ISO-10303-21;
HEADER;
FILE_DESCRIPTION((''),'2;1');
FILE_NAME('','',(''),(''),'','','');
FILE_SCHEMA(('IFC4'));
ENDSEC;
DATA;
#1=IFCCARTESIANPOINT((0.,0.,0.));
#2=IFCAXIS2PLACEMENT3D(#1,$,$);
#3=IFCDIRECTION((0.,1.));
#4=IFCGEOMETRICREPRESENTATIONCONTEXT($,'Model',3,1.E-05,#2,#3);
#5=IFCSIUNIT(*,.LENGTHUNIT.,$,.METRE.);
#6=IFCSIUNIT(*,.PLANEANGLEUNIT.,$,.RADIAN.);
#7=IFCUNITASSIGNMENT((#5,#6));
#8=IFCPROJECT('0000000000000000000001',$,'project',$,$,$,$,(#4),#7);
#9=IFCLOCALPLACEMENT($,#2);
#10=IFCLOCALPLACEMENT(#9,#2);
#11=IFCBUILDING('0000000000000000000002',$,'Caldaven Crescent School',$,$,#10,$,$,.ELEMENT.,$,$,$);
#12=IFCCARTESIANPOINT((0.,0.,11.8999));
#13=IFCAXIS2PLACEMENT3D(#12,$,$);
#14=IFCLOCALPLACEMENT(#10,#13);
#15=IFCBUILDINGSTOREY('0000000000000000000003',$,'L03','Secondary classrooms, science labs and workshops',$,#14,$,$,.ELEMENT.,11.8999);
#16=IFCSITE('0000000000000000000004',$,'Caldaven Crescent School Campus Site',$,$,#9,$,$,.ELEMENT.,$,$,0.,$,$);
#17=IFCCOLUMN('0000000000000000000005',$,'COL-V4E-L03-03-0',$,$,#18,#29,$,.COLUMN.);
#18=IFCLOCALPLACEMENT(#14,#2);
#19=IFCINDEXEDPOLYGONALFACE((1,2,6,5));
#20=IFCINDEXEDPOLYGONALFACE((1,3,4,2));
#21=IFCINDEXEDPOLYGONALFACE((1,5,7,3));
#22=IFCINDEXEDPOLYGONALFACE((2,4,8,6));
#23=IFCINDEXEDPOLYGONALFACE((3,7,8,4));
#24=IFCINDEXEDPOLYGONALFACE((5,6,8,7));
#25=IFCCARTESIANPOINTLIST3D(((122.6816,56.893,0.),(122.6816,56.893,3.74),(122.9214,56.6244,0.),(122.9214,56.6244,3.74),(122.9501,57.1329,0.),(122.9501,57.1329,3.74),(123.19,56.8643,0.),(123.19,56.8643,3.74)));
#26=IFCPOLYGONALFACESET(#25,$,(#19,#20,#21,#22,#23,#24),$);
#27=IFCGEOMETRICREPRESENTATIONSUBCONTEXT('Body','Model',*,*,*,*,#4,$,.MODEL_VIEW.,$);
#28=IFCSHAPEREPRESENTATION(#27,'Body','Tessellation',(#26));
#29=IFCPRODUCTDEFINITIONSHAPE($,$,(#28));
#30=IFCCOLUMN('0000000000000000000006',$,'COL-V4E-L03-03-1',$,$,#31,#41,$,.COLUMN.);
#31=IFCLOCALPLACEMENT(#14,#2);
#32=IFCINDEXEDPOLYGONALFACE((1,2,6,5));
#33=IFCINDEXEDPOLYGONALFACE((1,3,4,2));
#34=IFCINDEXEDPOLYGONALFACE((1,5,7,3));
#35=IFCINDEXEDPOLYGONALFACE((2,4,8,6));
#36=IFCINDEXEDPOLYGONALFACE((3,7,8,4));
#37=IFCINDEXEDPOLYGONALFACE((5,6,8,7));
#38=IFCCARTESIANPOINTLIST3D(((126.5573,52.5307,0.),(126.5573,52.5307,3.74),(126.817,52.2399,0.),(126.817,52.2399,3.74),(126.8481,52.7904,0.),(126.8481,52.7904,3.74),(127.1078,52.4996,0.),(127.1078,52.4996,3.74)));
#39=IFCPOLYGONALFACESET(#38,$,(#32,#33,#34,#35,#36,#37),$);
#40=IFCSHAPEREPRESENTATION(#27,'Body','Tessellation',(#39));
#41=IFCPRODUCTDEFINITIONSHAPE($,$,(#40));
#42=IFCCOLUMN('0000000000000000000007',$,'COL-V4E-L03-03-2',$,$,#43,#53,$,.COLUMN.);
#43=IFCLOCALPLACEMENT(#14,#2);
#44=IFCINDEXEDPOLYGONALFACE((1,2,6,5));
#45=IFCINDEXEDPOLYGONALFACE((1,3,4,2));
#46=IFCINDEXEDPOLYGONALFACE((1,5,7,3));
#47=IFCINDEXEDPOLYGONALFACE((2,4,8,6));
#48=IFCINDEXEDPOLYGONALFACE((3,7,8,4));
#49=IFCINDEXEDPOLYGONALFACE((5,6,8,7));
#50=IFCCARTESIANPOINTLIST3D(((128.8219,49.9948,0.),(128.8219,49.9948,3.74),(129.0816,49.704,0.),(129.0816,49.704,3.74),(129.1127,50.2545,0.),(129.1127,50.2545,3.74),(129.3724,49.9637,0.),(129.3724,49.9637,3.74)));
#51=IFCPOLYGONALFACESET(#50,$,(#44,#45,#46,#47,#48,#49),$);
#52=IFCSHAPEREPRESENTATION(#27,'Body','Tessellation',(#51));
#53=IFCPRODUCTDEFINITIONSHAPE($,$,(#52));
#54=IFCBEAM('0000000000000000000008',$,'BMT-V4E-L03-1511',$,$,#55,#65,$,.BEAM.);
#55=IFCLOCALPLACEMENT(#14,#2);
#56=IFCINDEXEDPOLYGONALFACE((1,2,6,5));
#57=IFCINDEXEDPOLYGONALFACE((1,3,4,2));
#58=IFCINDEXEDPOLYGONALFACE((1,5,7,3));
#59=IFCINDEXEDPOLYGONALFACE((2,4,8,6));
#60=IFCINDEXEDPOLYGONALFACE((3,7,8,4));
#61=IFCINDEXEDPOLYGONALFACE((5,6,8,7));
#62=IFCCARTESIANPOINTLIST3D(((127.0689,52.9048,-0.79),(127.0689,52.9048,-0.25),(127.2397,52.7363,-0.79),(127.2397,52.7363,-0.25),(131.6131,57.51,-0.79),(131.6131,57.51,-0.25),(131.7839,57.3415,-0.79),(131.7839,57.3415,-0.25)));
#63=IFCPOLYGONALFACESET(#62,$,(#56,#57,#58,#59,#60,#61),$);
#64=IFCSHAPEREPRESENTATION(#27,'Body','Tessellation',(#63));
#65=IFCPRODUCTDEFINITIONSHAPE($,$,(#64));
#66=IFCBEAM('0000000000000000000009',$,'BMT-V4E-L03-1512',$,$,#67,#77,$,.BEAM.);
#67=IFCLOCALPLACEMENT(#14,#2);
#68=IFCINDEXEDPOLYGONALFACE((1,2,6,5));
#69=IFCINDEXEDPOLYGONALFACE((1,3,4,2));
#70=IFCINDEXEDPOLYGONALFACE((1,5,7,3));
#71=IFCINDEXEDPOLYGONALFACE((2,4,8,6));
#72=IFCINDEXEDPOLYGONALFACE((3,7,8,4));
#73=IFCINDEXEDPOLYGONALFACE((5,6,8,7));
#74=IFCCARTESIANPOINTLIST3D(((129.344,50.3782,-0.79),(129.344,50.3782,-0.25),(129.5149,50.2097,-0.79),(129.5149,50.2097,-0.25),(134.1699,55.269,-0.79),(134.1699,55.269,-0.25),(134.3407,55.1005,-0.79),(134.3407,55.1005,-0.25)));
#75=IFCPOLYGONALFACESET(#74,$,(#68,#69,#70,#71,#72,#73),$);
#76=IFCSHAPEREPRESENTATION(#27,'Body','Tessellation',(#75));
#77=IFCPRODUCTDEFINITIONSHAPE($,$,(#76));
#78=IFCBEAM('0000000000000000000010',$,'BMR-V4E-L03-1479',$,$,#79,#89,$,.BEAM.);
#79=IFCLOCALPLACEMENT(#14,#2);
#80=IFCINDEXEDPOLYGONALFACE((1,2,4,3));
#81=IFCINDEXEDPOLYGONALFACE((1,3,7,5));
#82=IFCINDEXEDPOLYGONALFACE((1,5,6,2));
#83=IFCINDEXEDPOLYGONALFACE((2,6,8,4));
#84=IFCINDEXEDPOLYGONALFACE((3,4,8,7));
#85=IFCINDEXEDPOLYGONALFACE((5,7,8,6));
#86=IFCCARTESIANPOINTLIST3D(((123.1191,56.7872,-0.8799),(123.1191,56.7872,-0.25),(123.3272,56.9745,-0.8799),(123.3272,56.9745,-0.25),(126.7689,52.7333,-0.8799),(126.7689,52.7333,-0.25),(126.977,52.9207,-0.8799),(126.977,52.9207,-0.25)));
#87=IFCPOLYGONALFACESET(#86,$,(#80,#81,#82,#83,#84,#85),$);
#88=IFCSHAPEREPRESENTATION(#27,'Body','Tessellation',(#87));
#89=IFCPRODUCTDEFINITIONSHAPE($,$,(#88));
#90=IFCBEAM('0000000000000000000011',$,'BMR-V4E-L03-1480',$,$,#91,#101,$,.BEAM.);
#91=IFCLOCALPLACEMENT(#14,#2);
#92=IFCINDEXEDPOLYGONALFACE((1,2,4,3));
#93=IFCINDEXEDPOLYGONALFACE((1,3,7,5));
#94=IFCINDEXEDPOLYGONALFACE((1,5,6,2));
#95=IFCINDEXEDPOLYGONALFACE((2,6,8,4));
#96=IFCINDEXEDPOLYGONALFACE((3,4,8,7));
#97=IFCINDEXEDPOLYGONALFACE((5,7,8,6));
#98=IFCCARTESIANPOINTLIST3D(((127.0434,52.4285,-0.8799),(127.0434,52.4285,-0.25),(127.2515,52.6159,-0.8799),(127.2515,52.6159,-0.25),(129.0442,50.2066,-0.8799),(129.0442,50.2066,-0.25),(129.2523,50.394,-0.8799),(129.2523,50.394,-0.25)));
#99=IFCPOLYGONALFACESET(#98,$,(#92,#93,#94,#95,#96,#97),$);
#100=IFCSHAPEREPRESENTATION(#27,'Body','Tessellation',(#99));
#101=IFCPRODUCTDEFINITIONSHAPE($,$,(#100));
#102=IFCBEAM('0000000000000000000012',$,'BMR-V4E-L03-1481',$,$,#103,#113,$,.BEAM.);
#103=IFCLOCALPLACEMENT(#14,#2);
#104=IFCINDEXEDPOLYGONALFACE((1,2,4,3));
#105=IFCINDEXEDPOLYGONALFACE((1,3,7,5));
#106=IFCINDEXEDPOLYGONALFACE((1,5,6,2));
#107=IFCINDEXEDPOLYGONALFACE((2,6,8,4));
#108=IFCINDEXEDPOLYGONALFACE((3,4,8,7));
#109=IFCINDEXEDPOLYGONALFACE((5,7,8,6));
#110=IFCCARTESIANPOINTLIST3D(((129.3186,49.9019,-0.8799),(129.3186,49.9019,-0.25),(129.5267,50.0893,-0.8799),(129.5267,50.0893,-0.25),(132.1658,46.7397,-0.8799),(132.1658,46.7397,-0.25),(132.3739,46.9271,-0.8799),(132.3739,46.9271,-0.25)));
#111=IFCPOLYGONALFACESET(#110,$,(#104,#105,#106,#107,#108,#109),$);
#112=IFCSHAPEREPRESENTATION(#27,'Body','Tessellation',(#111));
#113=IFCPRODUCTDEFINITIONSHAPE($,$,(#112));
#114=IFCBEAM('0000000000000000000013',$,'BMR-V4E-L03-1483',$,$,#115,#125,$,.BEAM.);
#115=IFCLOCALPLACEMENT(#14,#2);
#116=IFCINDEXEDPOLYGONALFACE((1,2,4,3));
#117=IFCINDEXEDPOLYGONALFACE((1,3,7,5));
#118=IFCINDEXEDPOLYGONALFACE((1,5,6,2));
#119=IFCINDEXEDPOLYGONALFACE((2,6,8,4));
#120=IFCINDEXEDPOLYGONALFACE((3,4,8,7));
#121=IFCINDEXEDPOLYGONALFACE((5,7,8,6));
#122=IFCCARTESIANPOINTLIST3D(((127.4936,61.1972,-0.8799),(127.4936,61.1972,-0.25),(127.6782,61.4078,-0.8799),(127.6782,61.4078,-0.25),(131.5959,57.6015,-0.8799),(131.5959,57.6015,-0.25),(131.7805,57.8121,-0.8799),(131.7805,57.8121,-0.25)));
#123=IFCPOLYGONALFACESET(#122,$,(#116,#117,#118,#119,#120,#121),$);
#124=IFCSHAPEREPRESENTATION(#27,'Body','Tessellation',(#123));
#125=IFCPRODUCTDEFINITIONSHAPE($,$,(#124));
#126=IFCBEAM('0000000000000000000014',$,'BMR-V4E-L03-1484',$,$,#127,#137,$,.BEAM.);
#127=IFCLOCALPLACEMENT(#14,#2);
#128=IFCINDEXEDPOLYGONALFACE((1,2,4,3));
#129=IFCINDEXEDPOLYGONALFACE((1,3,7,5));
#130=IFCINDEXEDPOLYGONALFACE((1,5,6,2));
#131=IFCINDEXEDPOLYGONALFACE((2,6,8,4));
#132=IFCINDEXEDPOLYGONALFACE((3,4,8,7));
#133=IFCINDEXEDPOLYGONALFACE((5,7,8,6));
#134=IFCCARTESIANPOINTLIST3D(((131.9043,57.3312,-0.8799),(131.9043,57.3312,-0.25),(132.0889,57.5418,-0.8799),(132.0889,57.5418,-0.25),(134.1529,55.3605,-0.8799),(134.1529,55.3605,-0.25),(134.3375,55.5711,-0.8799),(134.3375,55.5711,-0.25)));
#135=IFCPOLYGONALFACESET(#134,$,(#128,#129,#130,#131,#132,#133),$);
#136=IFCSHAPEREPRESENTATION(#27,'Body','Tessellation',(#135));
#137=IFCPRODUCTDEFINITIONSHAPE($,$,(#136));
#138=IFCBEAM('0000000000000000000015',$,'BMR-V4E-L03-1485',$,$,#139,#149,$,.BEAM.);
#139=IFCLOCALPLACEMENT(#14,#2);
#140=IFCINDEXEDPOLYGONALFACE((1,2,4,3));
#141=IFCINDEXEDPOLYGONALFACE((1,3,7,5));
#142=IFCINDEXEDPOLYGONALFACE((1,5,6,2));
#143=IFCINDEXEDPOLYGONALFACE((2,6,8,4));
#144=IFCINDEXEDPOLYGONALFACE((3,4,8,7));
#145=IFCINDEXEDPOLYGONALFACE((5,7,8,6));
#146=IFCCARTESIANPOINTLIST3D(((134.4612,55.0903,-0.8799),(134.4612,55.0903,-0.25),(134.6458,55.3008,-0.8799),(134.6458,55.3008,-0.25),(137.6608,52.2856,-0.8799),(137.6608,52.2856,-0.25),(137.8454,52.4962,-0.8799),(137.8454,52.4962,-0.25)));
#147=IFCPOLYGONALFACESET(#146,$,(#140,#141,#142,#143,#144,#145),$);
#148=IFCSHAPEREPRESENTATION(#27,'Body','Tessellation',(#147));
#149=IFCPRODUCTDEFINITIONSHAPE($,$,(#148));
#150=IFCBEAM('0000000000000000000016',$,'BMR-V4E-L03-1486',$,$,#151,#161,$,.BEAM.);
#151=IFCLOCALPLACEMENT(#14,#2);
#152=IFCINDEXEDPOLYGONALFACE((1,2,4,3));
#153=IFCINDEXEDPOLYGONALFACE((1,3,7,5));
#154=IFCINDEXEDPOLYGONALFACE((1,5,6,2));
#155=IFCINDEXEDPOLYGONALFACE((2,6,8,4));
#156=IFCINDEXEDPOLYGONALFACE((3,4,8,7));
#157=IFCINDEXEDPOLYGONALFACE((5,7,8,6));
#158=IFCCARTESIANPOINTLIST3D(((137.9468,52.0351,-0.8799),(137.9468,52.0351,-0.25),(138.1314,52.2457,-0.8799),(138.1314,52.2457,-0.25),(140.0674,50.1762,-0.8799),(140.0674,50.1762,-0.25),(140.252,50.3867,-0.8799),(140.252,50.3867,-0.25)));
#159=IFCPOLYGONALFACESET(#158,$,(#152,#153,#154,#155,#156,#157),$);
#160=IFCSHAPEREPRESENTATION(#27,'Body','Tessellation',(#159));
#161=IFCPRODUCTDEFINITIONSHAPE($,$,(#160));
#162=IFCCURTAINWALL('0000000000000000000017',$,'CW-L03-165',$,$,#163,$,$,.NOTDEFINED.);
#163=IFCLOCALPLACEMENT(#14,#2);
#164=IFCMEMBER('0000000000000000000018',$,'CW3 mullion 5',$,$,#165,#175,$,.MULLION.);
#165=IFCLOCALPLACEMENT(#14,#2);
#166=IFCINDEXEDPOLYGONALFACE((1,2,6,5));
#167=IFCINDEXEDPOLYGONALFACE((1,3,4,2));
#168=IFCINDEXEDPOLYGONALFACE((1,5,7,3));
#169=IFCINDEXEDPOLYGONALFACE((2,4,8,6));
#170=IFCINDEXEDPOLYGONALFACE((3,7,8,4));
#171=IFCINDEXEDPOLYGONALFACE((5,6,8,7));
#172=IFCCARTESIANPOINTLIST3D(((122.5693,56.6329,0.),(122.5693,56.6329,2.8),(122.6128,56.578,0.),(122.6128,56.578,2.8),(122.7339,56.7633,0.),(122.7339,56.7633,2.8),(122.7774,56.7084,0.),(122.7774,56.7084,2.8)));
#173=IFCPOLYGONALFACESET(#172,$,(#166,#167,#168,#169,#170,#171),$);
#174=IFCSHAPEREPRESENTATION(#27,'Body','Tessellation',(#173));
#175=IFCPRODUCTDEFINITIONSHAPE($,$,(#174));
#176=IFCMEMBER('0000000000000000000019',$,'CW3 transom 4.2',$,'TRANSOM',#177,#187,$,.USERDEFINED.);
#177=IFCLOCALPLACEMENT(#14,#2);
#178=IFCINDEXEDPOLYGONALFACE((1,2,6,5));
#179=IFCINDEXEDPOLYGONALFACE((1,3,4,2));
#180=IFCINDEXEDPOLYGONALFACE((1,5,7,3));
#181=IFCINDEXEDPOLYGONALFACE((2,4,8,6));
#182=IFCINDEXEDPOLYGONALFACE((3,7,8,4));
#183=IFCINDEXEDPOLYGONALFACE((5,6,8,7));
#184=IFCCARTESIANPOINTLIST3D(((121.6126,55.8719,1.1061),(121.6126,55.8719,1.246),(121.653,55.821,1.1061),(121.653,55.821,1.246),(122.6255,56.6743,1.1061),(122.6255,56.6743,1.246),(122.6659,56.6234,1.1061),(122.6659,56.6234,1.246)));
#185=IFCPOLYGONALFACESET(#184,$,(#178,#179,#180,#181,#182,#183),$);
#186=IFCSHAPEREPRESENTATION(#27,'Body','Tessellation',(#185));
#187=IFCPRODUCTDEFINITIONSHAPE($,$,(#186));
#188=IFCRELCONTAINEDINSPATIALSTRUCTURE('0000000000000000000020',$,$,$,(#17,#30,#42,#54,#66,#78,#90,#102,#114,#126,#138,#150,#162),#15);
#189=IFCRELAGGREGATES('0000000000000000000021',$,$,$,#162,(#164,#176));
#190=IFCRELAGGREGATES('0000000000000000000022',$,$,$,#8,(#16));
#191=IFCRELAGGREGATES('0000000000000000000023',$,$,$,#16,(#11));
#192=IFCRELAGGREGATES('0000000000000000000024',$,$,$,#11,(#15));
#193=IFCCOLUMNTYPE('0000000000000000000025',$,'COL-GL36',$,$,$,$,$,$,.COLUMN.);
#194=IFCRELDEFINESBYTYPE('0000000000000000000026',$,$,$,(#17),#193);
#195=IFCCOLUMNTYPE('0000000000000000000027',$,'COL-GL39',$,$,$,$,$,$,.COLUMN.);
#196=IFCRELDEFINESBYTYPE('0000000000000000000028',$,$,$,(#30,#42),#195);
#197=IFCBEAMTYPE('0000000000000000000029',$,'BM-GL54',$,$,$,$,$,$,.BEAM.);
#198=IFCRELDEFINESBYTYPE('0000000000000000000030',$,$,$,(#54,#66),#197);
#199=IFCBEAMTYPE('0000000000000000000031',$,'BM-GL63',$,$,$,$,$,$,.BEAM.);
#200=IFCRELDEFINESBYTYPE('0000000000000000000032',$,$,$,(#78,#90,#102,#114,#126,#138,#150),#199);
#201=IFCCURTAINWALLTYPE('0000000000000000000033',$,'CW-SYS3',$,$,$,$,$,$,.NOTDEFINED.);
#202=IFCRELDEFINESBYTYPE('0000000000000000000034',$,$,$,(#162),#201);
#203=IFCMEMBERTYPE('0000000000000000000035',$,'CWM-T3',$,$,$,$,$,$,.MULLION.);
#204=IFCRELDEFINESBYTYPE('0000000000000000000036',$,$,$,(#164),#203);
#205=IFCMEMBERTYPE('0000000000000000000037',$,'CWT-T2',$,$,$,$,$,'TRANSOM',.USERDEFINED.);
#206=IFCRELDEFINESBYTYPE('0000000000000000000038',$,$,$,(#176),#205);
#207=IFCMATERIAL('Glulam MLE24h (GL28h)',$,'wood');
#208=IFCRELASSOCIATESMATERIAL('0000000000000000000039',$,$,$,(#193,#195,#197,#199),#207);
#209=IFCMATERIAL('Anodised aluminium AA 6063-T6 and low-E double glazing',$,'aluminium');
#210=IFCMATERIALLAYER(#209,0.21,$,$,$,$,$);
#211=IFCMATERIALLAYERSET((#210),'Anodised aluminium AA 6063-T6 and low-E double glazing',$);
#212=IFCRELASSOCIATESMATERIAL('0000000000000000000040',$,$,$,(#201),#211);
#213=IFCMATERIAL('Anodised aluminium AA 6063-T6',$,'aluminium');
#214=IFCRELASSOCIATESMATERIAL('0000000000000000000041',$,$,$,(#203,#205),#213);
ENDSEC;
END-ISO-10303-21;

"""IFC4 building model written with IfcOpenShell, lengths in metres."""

from ifc_helpers import new_model, si_unit, direction, frame, origin, origin_2d, place, context, subcontext, project, spatial, rectangle, extrude, material, layer, layer_set, material_profile, profile_set, type_object, element, aggregate, save


model = new_model("IFC4")

# Units and contexts
model_context = context("Model", 3, precision=1e-05, world=origin(), true_north=direction((0.0, 1.0)))
body_context = subcontext(model_context, "Body", "Model", "MODEL_VIEW")
ifc_project = project(units=[si_unit("LENGTHUNIT", "METRE"), si_unit("PLANEANGLEUNIT", "RADIAN")], contexts=[model_context])

# Site, building, storey
site_placement = place(None, origin())
site = spatial("IfcSite", under=ifc_project, at=site_placement, Name="Caldaven Crescent School Campus Site", CompositionType="ELEMENT", RefElevation=0.0)
building_placement = place(site_placement, origin())
building = spatial("IfcBuilding", under=site, at=building_placement, Name="Caldaven Crescent School", CompositionType="ELEMENT")
storey_placement = place(building_placement, frame((0.0, 0.0, 11.8999)))
storey = spatial("IfcBuildingStorey", under=building, at=storey_placement, Name="L03", Description="Secondary classrooms, science labs and workshops", CompositionType="ELEMENT", Elevation=11.8999)

# Columns
ifc_material_1 = material(Name="Glulam MLE24h (GL28h)", Category="wood")
ifc_material_profile_1 = material_profile(ifc_material_1, rectangle(XDim=0.3601, YDim=0.3601, at=origin_2d()), Name="MLE 360x360")
ifc_profile_set_1 = profile_set([ifc_material_profile_1], Name="Glulam MLE24h (GL28h)")
column_type_1 = type_object("IfcColumnType", Name="COL-GL36", PredefinedType="COLUMN", material=ifc_profile_set_1)
column_placement = place(storey_placement, frame((122.9358, 56.8787, 0.0), z_axis=(0.0, 0.0, 1.0), x_axis=(0.666142, -0.745825, 0.0)))
element("IfcColumn", 1, at=column_placement, inside=storey, type_object=column_type_1, Name="COL-V4E-L03-03-0", PredefinedType="COLUMN", context=body_context, shape_type="SweptSolid", body=[
    extrude(rectangle(XDim=0.3601, YDim=0.3601, at=origin_2d()), origin(), (0.0, 0.0, 1.0), 3.74),
])
ifc_material_profile_2 = material_profile(ifc_material_1, rectangle(XDim=0.3899, YDim=0.3899, at=origin_2d()), Name="MLE 390x390")
ifc_profile_set_2 = profile_set([ifc_material_profile_2], Name="Glulam MLE24h (GL28h)")
column_type_2 = type_object("IfcColumnType", Name="COL-GL39", PredefinedType="COLUMN", material=ifc_profile_set_2)
for number, where, z_axis, x_axis, name in (
    (2, (126.8325, 52.5151, 0.0), (0.0, 0.0, 1.0), (0.666142, -0.745825, 0.0), "COL-V4E-L03-03-1"),
    (3, (129.0972, 49.9792, 0.0), (0.0, 0.0, 1.0), (0.666142, -0.745825, 0.0), "COL-V4E-L03-03-2"),
):
    element("IfcColumn", number, at=place(storey_placement, frame(where, z_axis=z_axis, x_axis=x_axis)), inside=storey, type_object=column_type_2, Name=name, PredefinedType="COLUMN", context=body_context, shape_type="SweptSolid", body=[
        extrude(rectangle(XDim=0.3899, YDim=0.3899, at=origin_2d()), origin(), (0.0, 0.0, 1.0), 3.74),
    ])

# Beams
ifc_material_profile_3 = material_profile(ifc_material_1, rectangle(XDim=0.24, YDim=0.54, at=origin_2d()), Name="MLE 240x540")
ifc_profile_set_3 = profile_set([ifc_material_profile_3], Name="Glulam MLE24h (GL28h)")
beam_type_1 = type_object("IfcBeamType", Name="BM-GL54", PredefinedType="BEAM", material=ifc_profile_set_3)
beam_1_placement = place(storey_placement, frame((127.1543, 52.8206, -0.52), z_axis=(0.702374, 0.711808, 0.0), x_axis=(-0.711808, 0.702374, 0.0)))
element("IfcBeam", 4, at=beam_1_placement, inside=storey, type_object=beam_type_1, Name="BMT-V4E-L03-1511", PredefinedType="BEAM", context=body_context, shape_type="SweptSolid", body=[
    extrude(rectangle(XDim=0.24, YDim=0.54, at=origin_2d()), origin(), (0.0, 0.0, 1.0), 6.4697),
])
beam_2_placement = place(storey_placement, frame((129.4294, 50.2939, -0.52), z_axis=(0.702365, 0.711817, 0.0), x_axis=(-0.711817, 0.702365, 0.0)))
element("IfcBeam", 5, at=beam_2_placement, inside=storey, type_object=beam_type_1, Name="BMT-V4E-L03-1512", PredefinedType="BEAM", context=body_context, shape_type="SweptSolid", body=[
    extrude(rectangle(XDim=0.24, YDim=0.54, at=origin_2d()), origin(), (0.0, 0.0, 1.0), 6.8708),
])
ifc_material_profile_4 = material_profile(ifc_material_1, rectangle(XDim=0.28, YDim=0.6299, at=origin_2d()), Name="MLE 280x630")
ifc_profile_set_4 = profile_set([ifc_material_profile_4], Name="Glulam MLE24h (GL28h)")
beam_type_2 = type_object("IfcBeamType", Name="BM-GL63", PredefinedType="BEAM", material=ifc_profile_set_4)
beam_3_placement = place(storey_placement, frame((123.2231, 56.8809, -0.5649), z_axis=(0.669101, -0.743172, 0.0), x_axis=(0.743172, 0.669101, 0.0)))
element("IfcBeam", 6, at=beam_3_placement, inside=storey, type_object=beam_type_2, Name="BMR-V4E-L03-1479", PredefinedType="BEAM", context=body_context, shape_type="SweptSolid", body=[
    extrude(rectangle(XDim=0.28, YDim=0.6299, at=origin_2d()), origin(), (0.0, 0.0, 1.0), 5.4548),
])
beam_4_placement = place(storey_placement, frame((127.1475, 52.5222, -0.5649), z_axis=(0.66915, -0.743128, 0.0), x_axis=(0.743128, 0.66915, 0.0)))
element("IfcBeam", 7, at=beam_4_placement, inside=storey, type_object=beam_type_2, Name="BMR-V4E-L03-1480", PredefinedType="BEAM", context=body_context, shape_type="SweptSolid", body=[
    extrude(rectangle(XDim=0.28, YDim=0.6299, at=origin_2d()), origin(), (0.0, 0.0, 1.0), 2.99),
])
beam_5_placement = place(storey_placement, frame((129.4226, 49.9956, -0.5649), z_axis=(0.66913, -0.743146, 0.0), x_axis=(0.743146, 0.66913, 0.0)))
element("IfcBeam", 8, at=beam_5_placement, inside=storey, type_object=beam_type_2, Name="BMR-V4E-L03-1481", PredefinedType="BEAM", context=body_context, shape_type="SweptSolid", body=[
    extrude(rectangle(XDim=0.28, YDim=0.6299, at=origin_2d()), origin(), (0.0, 0.0, 1.0), 4.2551),
])
beam_6_placement = place(storey_placement, frame((127.5859, 61.3025, -0.5649), z_axis=(0.752014, -0.659148, 0.0), x_axis=(0.659148, 0.752014, 0.0)))
element("IfcBeam", 9, at=beam_6_placement, inside=storey, type_object=beam_type_2, Name="BMR-V4E-L03-1483", PredefinedType="BEAM", context=body_context, shape_type="SweptSolid", body=[
    extrude(rectangle(XDim=0.28, YDim=0.6299, at=origin_2d()), origin(), (0.0, 0.0, 1.0), 5.4551),
])
beam_7_placement = place(storey_placement, frame((131.9966, 57.4365, -0.5649), z_axis=(0.75204, -0.659117, 0.0), x_axis=(0.659117, 0.75204, 0.0)))
element("IfcBeam", 10, at=beam_7_placement, inside=storey, type_object=beam_type_2, Name="BMR-V4E-L03-1484", PredefinedType="BEAM", context=body_context, shape_type="SweptSolid", body=[
    extrude(rectangle(XDim=0.28, YDim=0.6299, at=origin_2d()), origin(), (0.0, 0.0, 1.0), 2.99),
])
beam_8_placement = place(storey_placement, frame((134.5535, 55.1956, -0.5649), z_axis=(0.752001, -0.659162, 0.0), x_axis=(0.659162, 0.752001, 0.0)))
element("IfcBeam", 11, at=beam_8_placement, inside=storey, type_object=beam_type_2, Name="BMR-V4E-L03-1485", PredefinedType="BEAM", context=body_context, shape_type="SweptSolid", body=[
    extrude(rectangle(XDim=0.28, YDim=0.6299, at=origin_2d()), origin(), (0.0, 0.0, 1.0), 4.2549),
])
beam_9_placement = place(storey_placement, frame((138.0391, 52.1404, -0.5649), z_axis=(0.751986, -0.659179, 0.0), x_axis=(0.659179, 0.751986, 0.0)))
element("IfcBeam", 12, at=beam_9_placement, inside=storey, type_object=beam_type_2, Name="BMR-V4E-L03-1486", PredefinedType="BEAM", context=body_context, shape_type="SweptSolid", body=[
    extrude(rectangle(XDim=0.28, YDim=0.6299, at=origin_2d()), origin(), (0.0, 0.0, 1.0), 2.8201),
])

# Curtain wall, members
ifc_material_2 = material(Name="Anodised aluminium AA 6063-T6 and low-E double glazing", Category="aluminium")
ifc_layer_1 = layer(ifc_material_2, 0.21)
ifc_layer_set_1 = layer_set([ifc_layer_1], Name="Anodised aluminium AA 6063-T6 and low-E double glazing")
curtain_wall_type = type_object("IfcCurtainWallType", Name="CW-SYS3", PredefinedType="NOTDEFINED", material=ifc_layer_set_1)
curtain_wall_placement = place(storey_placement, origin())
curtain_wall = element("IfcCurtainWall", 13, at=curtain_wall_placement, inside=storey, type_object=curtain_wall_type, Name="CW-L03-165", PredefinedType="NOTDEFINED")
ifc_material_3 = material(Name="Anodised aluminium AA 6063-T6", Category="aluminium")
ifc_material_profile_5 = material_profile(ifc_material_3, rectangle(XDim=0.0701, YDim=0.21, at=origin_2d()), Name="CWM 70x210")
ifc_profile_set_5 = profile_set([ifc_material_profile_5], Name="Anodised aluminium AA 6063-T6")
member_type_1 = type_object("IfcMemberType", Name="CWM-T3", PredefinedType="MULLION", material=ifc_profile_set_5)
member_1_placement = place(storey_placement, frame((122.6733, 56.6707, 0.0), z_axis=(0.0, 0.0, 1.0), x_axis=(-0.62091, 0.783882, 0.0)))
member_1 = element("IfcMember", 14, at=member_1_placement, type_object=member_type_1, Name="CW3 mullion 5", PredefinedType="MULLION", context=body_context, shape_type="SweptSolid", body=[
    extrude(rectangle(XDim=0.0701, YDim=0.21, at=origin_2d()), origin(), (0.0, 0.0, 1.0), 2.8),
])
ifc_material_profile_6 = material_profile(ifc_material_3, rectangle(XDim=0.0649, YDim=0.1399, at=origin_2d()), Name="CWT 65x140")
ifc_profile_set_6 = profile_set([ifc_material_profile_6], Name="Anodised aluminium AA 6063-T6")
member_type_2 = type_object("IfcMemberType", Name="CWT-T2", ElementType="TRANSOM", PredefinedType="USERDEFINED", material=ifc_profile_set_6)
member_2_placement = place(storey_placement, frame((121.6328, 55.8464, 1.176), z_axis=(0.783827, 0.620979, 0.0), x_axis=(-0.620979, 0.783827, 0.0)))
member_2 = element("IfcMember", 15, at=member_2_placement, type_object=member_type_2, Name="CW3 transom 4.2", ObjectType="TRANSOM", PredefinedType="USERDEFINED", context=body_context, shape_type="SweptSolid", body=[
    extrude(rectangle(XDim=0.0649, YDim=0.1399, at=origin_2d()), origin(), (0.0, 0.0, 1.0), 1.2922),
])

aggregate(curtain_wall, [member_1, member_2])

save(model, "model.ifc")
